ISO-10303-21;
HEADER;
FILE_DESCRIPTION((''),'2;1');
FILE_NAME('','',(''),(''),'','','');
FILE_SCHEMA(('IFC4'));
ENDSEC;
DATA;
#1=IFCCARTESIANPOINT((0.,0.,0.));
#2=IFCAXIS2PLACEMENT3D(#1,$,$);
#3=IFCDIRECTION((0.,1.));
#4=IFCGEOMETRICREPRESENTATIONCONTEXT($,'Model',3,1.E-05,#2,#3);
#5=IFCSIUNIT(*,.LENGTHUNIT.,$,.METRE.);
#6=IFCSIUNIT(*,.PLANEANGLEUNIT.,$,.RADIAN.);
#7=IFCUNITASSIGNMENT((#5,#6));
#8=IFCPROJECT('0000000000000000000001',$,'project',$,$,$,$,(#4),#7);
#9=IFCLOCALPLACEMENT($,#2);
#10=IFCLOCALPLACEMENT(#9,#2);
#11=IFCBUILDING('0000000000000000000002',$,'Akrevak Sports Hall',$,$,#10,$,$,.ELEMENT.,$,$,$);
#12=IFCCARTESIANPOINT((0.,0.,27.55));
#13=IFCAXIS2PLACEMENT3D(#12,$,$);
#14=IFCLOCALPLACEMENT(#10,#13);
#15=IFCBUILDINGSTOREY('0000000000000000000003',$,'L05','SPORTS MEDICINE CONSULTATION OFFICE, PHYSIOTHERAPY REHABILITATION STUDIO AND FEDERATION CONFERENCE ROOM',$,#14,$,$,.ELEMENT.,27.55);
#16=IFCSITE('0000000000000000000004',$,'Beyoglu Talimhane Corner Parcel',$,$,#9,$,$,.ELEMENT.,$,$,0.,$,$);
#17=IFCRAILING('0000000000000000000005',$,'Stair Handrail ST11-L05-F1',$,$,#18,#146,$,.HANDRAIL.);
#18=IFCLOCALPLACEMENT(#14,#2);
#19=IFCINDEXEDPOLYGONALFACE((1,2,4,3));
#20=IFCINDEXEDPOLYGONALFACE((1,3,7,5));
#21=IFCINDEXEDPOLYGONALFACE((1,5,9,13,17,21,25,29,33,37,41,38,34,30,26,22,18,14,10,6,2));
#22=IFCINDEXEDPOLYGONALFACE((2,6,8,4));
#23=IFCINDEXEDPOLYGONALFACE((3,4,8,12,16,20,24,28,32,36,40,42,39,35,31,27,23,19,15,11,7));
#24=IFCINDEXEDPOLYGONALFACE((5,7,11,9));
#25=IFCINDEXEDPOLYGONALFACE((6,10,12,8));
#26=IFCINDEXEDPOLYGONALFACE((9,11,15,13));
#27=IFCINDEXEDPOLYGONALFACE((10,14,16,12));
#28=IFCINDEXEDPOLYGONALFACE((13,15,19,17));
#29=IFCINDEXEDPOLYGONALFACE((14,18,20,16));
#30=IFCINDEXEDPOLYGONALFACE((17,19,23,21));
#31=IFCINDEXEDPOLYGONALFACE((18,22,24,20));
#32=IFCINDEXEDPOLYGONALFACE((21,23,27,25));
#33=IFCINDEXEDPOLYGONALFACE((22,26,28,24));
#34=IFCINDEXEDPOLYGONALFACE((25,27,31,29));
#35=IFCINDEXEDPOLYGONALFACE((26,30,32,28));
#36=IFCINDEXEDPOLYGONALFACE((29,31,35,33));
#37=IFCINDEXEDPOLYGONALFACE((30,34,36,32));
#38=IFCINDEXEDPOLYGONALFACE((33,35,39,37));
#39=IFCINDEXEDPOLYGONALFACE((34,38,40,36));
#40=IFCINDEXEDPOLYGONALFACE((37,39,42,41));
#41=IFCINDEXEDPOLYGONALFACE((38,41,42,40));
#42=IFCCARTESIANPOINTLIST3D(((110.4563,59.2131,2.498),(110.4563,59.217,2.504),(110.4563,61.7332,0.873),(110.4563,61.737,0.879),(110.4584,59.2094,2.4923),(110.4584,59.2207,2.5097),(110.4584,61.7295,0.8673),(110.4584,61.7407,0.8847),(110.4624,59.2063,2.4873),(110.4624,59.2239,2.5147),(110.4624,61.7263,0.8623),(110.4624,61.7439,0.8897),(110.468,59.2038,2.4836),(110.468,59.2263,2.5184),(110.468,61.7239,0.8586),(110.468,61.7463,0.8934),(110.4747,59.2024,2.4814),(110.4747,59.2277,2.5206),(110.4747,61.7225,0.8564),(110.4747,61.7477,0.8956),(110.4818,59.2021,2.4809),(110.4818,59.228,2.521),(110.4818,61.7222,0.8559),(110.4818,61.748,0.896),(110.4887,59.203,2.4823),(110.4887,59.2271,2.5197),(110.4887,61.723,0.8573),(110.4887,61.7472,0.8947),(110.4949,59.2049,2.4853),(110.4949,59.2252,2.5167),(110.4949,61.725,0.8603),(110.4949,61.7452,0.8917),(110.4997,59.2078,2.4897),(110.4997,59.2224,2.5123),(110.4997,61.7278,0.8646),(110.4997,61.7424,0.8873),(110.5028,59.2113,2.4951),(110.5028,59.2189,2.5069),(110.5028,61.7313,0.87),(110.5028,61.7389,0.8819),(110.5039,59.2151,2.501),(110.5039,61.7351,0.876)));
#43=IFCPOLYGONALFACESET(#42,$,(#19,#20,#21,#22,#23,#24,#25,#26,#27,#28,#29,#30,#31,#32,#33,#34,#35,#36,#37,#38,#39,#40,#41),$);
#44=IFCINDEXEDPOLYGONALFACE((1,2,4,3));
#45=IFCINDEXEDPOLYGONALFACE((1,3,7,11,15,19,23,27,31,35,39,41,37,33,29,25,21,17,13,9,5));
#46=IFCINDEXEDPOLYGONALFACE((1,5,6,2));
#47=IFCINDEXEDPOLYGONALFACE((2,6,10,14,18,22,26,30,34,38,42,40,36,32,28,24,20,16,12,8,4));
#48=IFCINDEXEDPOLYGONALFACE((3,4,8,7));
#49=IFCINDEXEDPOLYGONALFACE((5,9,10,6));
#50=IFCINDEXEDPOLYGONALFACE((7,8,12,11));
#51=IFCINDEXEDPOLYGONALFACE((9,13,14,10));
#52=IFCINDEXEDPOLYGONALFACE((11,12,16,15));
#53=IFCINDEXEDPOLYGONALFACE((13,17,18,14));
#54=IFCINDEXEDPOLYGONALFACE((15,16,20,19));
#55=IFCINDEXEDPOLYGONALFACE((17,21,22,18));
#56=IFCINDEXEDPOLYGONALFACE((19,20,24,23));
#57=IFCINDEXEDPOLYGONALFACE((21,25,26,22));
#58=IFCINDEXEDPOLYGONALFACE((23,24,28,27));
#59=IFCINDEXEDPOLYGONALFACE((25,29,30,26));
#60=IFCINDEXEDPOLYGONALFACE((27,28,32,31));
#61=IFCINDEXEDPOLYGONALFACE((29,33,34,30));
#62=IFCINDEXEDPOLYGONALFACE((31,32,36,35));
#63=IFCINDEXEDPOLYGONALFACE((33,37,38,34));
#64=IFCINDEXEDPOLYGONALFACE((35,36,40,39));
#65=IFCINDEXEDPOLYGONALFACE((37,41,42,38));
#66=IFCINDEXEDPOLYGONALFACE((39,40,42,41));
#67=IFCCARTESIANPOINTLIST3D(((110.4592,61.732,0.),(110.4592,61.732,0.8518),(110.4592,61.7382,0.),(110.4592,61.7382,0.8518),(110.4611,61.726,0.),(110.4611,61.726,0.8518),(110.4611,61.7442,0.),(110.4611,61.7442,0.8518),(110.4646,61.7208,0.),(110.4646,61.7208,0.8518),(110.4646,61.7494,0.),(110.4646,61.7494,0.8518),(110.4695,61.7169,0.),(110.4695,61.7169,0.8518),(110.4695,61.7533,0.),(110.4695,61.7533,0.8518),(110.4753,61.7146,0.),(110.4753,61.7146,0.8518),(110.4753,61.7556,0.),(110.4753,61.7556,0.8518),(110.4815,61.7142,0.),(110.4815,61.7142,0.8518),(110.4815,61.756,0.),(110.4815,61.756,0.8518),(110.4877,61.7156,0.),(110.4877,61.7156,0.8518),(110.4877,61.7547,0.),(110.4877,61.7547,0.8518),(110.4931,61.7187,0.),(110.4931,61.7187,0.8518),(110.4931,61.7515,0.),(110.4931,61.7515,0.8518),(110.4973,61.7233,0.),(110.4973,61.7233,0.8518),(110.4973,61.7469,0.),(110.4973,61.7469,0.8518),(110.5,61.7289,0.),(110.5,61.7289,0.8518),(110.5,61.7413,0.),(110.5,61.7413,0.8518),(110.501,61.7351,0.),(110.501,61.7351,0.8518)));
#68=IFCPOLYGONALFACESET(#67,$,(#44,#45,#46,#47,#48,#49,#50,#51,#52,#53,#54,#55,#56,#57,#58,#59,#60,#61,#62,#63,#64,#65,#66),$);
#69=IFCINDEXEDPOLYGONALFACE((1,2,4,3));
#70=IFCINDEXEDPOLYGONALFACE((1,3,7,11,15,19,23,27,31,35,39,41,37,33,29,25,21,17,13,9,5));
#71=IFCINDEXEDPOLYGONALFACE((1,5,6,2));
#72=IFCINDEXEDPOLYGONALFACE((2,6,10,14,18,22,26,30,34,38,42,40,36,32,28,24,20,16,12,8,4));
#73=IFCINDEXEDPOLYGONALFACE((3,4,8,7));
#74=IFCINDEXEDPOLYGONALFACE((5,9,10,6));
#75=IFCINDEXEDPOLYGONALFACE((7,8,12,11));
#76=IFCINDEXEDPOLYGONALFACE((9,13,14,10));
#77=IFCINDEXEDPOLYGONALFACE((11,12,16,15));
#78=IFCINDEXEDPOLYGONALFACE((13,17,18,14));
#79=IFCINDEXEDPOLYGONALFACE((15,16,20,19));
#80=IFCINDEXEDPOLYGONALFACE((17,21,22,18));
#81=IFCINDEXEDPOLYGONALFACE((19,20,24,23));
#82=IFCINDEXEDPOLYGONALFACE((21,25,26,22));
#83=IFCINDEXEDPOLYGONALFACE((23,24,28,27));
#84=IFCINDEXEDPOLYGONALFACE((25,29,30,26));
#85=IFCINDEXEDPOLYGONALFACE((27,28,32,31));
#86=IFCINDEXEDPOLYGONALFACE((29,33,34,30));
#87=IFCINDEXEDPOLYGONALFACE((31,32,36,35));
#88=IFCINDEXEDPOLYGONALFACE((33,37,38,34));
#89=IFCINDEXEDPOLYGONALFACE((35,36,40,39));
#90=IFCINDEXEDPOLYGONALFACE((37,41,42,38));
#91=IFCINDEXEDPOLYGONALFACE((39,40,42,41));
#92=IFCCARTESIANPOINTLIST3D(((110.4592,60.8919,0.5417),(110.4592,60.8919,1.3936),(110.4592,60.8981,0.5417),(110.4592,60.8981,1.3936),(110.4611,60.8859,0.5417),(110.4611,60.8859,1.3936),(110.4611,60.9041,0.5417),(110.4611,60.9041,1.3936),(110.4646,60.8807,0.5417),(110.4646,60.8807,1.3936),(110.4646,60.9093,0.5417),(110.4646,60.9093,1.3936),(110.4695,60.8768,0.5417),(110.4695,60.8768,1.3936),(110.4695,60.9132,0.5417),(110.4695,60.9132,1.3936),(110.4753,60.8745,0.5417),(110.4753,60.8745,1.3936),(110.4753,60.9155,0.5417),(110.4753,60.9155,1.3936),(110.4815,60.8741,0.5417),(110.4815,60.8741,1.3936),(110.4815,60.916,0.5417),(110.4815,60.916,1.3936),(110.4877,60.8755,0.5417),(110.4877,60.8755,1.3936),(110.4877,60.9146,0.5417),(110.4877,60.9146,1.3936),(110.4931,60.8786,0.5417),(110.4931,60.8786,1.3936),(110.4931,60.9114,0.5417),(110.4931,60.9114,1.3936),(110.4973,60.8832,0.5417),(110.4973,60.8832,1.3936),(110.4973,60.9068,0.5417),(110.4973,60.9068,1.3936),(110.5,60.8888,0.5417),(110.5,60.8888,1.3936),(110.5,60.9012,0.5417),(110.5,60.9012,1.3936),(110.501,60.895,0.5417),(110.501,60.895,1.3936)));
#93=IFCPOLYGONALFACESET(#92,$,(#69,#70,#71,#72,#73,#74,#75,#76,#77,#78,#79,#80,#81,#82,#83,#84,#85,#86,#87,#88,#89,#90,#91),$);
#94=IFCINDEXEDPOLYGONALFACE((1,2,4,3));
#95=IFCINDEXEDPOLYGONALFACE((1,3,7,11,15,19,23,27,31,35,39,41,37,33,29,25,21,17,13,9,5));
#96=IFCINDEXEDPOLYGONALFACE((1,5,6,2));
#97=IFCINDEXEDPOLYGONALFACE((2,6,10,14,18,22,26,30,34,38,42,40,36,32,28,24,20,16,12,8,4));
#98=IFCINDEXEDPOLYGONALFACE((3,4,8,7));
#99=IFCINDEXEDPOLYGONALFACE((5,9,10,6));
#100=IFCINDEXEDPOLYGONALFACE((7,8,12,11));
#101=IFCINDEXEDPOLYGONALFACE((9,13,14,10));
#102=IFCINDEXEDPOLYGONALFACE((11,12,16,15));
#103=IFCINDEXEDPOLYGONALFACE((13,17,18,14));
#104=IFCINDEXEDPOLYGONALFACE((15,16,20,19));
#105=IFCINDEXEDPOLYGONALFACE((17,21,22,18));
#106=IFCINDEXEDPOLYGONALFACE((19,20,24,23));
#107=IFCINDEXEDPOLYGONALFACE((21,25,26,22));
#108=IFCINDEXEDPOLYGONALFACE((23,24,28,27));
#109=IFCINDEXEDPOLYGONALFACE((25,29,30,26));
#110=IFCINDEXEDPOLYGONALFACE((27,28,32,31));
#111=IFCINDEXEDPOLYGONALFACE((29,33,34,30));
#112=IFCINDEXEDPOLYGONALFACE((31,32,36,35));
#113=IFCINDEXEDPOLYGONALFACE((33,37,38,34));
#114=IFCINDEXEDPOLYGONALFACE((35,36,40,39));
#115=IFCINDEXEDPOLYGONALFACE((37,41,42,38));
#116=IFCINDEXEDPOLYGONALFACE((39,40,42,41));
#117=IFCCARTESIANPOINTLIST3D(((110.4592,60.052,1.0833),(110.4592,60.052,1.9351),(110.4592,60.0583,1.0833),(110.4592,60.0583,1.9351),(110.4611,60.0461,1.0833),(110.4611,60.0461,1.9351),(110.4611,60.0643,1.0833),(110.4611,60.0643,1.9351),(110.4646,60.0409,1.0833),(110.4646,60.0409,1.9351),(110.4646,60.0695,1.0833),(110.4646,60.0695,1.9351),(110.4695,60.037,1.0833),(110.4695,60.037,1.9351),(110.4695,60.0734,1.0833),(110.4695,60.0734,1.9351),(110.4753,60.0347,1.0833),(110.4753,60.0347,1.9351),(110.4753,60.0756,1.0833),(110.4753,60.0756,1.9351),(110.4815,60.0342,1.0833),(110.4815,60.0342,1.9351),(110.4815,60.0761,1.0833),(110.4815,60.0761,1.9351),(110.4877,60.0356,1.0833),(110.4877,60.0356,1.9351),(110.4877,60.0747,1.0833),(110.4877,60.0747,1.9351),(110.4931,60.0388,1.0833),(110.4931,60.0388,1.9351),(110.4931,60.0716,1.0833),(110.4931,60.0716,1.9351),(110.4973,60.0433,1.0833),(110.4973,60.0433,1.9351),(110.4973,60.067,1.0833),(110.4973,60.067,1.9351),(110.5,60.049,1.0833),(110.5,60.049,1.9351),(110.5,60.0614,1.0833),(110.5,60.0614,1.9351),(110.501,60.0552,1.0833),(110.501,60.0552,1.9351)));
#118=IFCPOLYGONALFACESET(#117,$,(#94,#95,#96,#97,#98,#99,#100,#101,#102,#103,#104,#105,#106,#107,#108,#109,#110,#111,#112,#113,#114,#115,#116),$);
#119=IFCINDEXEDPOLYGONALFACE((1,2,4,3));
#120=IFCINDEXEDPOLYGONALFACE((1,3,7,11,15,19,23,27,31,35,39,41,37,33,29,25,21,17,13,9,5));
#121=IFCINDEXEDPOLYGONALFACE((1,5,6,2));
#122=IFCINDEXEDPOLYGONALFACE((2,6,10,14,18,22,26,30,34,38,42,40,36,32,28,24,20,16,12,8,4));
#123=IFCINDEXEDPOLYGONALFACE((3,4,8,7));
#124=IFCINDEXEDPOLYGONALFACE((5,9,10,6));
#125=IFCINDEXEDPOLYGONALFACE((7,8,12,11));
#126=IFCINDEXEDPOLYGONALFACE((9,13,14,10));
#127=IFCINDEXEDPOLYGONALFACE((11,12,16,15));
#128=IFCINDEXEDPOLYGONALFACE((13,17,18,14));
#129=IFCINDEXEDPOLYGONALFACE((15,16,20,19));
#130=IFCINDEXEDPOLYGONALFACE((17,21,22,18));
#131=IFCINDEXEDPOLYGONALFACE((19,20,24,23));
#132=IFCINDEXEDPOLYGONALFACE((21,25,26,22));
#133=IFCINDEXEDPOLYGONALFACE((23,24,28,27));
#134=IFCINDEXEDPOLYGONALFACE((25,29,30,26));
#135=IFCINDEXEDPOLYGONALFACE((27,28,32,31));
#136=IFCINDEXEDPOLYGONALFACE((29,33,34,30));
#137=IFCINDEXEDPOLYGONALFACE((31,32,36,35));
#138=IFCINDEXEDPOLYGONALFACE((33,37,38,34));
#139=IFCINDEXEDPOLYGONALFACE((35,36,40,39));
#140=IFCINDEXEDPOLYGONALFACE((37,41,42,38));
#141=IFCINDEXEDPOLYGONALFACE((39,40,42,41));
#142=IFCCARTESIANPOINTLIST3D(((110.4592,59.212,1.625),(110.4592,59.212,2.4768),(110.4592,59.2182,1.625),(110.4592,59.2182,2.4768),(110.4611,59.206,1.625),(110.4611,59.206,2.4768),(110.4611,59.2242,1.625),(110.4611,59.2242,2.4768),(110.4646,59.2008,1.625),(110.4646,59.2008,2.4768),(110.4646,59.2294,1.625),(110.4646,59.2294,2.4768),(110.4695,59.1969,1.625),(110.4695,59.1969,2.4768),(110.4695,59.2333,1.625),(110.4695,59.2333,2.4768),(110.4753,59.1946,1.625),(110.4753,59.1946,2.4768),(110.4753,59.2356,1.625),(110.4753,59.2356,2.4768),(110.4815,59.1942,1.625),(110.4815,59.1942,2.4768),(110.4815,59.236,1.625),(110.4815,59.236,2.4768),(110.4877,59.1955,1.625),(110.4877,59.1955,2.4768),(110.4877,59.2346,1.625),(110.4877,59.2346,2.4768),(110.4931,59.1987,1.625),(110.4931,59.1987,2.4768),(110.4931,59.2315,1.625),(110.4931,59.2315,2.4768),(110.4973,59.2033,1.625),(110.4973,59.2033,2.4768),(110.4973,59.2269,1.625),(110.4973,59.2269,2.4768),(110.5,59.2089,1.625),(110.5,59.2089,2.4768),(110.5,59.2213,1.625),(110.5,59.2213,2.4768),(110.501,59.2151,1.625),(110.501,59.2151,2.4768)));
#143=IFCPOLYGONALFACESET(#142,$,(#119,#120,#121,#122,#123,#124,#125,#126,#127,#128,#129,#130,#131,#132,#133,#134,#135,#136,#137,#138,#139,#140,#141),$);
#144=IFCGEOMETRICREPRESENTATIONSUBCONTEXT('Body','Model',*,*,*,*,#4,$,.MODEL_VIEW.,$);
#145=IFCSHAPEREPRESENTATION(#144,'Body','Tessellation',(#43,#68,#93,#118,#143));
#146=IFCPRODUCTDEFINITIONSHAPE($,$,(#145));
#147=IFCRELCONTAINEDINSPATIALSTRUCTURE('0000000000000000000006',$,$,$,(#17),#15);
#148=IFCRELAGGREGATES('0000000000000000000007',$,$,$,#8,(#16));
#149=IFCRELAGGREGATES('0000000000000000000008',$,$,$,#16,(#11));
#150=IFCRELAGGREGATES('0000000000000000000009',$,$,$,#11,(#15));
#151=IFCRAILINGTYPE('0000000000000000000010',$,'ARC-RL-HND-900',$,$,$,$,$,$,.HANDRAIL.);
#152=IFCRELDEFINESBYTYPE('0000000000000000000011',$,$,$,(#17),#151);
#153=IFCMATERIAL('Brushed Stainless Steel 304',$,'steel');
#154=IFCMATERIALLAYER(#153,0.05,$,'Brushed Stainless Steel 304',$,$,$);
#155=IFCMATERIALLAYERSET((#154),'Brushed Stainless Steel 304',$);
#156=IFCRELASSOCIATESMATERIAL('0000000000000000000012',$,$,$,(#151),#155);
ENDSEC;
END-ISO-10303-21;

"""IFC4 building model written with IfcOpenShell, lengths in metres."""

from ifc_helpers import new_model, si_unit, direction, frame, origin, origin_2d, place, context, subcontext, project, spatial, circle, extrude, material, layer, layer_set, type_object, element, save


model = new_model("IFC4")

# Units and contexts
model_context = context("Model", 3, precision=1e-05, world=origin(), true_north=direction((0.0, 1.0)))
body_context = subcontext(model_context, "Body", "Model", "MODEL_VIEW")
ifc_project = project(units=[si_unit("LENGTHUNIT", "METRE"), si_unit("PLANEANGLEUNIT", "RADIAN")], contexts=[model_context])

# Site, building, storey
site_placement = place(None, origin())
site = spatial("IfcSite", under=ifc_project, at=site_placement, Name="Beyoglu Talimhane Corner Parcel", CompositionType="ELEMENT", RefElevation=0.0)
building_placement = place(site_placement, origin())
building = spatial("IfcBuilding", under=site, at=building_placement, Name="Akrevak Sports Hall", CompositionType="ELEMENT")
storey_placement = place(building_placement, frame((0.0, 0.0, 27.55)))
storey = spatial("IfcBuildingStorey", under=building, at=storey_placement, Name="L05", Description="SPORTS MEDICINE CONSULTATION OFFICE, PHYSIOTHERAPY REHABILITATION STUDIO AND FEDERATION CONFERENCE ROOM", CompositionType="ELEMENT", Elevation=27.55)

# Railing
ifc_material_1 = material(Name="Brushed Stainless Steel 304", Category="steel")
ifc_layer_1 = layer(ifc_material_1, 0.05, Name="Brushed Stainless Steel 304")
ifc_layer_set_1 = layer_set([ifc_layer_1], Name="Brushed Stainless Steel 304")
railing_type_1 = type_object("IfcRailingType", Name="ARC-RL-HND-900", PredefinedType="HANDRAIL", material=ifc_layer_set_1)
railing_1_placement = place(storey_placement, frame((110.48, 61.7351, 0.0)))
element("IfcRailing", 1, at=railing_1_placement, inside=storey, type_object=railing_type_1, Name="Stair Handrail ST11-L05-F1", PredefinedType="HANDRAIL", context=body_context, shape_type="SweptSolid", body=[
    extrude(circle(Radius=0.0239, at=origin_2d()), frame((0.0, 0.0, 0.876), z_axis=(0.0, -0.840421, 0.541934), x_axis=(1.0, 0.0, 0.0)), (0.0, 0.0, 1.0), 2.9985),
    extrude(circle(Radius=0.021, at=origin_2d()), origin(), (0.0, 0.0, 1.0), 0.8518),
    extrude(circle(Radius=0.021, at=origin_2d()), frame((0.0, -0.8401, 0.5417)), (0.0, 0.0, 1.0), 0.8518),
    extrude(circle(Radius=0.021, at=origin_2d()), frame((0.0, -1.6799, 1.0833)), (0.0, 0.0, 1.0), 0.8518),
    extrude(circle(Radius=0.021, at=origin_2d()), frame((0.0, -2.52, 1.625)), (0.0, 0.0, 1.0), 0.8518),
])

save(model, "model.ifc")
